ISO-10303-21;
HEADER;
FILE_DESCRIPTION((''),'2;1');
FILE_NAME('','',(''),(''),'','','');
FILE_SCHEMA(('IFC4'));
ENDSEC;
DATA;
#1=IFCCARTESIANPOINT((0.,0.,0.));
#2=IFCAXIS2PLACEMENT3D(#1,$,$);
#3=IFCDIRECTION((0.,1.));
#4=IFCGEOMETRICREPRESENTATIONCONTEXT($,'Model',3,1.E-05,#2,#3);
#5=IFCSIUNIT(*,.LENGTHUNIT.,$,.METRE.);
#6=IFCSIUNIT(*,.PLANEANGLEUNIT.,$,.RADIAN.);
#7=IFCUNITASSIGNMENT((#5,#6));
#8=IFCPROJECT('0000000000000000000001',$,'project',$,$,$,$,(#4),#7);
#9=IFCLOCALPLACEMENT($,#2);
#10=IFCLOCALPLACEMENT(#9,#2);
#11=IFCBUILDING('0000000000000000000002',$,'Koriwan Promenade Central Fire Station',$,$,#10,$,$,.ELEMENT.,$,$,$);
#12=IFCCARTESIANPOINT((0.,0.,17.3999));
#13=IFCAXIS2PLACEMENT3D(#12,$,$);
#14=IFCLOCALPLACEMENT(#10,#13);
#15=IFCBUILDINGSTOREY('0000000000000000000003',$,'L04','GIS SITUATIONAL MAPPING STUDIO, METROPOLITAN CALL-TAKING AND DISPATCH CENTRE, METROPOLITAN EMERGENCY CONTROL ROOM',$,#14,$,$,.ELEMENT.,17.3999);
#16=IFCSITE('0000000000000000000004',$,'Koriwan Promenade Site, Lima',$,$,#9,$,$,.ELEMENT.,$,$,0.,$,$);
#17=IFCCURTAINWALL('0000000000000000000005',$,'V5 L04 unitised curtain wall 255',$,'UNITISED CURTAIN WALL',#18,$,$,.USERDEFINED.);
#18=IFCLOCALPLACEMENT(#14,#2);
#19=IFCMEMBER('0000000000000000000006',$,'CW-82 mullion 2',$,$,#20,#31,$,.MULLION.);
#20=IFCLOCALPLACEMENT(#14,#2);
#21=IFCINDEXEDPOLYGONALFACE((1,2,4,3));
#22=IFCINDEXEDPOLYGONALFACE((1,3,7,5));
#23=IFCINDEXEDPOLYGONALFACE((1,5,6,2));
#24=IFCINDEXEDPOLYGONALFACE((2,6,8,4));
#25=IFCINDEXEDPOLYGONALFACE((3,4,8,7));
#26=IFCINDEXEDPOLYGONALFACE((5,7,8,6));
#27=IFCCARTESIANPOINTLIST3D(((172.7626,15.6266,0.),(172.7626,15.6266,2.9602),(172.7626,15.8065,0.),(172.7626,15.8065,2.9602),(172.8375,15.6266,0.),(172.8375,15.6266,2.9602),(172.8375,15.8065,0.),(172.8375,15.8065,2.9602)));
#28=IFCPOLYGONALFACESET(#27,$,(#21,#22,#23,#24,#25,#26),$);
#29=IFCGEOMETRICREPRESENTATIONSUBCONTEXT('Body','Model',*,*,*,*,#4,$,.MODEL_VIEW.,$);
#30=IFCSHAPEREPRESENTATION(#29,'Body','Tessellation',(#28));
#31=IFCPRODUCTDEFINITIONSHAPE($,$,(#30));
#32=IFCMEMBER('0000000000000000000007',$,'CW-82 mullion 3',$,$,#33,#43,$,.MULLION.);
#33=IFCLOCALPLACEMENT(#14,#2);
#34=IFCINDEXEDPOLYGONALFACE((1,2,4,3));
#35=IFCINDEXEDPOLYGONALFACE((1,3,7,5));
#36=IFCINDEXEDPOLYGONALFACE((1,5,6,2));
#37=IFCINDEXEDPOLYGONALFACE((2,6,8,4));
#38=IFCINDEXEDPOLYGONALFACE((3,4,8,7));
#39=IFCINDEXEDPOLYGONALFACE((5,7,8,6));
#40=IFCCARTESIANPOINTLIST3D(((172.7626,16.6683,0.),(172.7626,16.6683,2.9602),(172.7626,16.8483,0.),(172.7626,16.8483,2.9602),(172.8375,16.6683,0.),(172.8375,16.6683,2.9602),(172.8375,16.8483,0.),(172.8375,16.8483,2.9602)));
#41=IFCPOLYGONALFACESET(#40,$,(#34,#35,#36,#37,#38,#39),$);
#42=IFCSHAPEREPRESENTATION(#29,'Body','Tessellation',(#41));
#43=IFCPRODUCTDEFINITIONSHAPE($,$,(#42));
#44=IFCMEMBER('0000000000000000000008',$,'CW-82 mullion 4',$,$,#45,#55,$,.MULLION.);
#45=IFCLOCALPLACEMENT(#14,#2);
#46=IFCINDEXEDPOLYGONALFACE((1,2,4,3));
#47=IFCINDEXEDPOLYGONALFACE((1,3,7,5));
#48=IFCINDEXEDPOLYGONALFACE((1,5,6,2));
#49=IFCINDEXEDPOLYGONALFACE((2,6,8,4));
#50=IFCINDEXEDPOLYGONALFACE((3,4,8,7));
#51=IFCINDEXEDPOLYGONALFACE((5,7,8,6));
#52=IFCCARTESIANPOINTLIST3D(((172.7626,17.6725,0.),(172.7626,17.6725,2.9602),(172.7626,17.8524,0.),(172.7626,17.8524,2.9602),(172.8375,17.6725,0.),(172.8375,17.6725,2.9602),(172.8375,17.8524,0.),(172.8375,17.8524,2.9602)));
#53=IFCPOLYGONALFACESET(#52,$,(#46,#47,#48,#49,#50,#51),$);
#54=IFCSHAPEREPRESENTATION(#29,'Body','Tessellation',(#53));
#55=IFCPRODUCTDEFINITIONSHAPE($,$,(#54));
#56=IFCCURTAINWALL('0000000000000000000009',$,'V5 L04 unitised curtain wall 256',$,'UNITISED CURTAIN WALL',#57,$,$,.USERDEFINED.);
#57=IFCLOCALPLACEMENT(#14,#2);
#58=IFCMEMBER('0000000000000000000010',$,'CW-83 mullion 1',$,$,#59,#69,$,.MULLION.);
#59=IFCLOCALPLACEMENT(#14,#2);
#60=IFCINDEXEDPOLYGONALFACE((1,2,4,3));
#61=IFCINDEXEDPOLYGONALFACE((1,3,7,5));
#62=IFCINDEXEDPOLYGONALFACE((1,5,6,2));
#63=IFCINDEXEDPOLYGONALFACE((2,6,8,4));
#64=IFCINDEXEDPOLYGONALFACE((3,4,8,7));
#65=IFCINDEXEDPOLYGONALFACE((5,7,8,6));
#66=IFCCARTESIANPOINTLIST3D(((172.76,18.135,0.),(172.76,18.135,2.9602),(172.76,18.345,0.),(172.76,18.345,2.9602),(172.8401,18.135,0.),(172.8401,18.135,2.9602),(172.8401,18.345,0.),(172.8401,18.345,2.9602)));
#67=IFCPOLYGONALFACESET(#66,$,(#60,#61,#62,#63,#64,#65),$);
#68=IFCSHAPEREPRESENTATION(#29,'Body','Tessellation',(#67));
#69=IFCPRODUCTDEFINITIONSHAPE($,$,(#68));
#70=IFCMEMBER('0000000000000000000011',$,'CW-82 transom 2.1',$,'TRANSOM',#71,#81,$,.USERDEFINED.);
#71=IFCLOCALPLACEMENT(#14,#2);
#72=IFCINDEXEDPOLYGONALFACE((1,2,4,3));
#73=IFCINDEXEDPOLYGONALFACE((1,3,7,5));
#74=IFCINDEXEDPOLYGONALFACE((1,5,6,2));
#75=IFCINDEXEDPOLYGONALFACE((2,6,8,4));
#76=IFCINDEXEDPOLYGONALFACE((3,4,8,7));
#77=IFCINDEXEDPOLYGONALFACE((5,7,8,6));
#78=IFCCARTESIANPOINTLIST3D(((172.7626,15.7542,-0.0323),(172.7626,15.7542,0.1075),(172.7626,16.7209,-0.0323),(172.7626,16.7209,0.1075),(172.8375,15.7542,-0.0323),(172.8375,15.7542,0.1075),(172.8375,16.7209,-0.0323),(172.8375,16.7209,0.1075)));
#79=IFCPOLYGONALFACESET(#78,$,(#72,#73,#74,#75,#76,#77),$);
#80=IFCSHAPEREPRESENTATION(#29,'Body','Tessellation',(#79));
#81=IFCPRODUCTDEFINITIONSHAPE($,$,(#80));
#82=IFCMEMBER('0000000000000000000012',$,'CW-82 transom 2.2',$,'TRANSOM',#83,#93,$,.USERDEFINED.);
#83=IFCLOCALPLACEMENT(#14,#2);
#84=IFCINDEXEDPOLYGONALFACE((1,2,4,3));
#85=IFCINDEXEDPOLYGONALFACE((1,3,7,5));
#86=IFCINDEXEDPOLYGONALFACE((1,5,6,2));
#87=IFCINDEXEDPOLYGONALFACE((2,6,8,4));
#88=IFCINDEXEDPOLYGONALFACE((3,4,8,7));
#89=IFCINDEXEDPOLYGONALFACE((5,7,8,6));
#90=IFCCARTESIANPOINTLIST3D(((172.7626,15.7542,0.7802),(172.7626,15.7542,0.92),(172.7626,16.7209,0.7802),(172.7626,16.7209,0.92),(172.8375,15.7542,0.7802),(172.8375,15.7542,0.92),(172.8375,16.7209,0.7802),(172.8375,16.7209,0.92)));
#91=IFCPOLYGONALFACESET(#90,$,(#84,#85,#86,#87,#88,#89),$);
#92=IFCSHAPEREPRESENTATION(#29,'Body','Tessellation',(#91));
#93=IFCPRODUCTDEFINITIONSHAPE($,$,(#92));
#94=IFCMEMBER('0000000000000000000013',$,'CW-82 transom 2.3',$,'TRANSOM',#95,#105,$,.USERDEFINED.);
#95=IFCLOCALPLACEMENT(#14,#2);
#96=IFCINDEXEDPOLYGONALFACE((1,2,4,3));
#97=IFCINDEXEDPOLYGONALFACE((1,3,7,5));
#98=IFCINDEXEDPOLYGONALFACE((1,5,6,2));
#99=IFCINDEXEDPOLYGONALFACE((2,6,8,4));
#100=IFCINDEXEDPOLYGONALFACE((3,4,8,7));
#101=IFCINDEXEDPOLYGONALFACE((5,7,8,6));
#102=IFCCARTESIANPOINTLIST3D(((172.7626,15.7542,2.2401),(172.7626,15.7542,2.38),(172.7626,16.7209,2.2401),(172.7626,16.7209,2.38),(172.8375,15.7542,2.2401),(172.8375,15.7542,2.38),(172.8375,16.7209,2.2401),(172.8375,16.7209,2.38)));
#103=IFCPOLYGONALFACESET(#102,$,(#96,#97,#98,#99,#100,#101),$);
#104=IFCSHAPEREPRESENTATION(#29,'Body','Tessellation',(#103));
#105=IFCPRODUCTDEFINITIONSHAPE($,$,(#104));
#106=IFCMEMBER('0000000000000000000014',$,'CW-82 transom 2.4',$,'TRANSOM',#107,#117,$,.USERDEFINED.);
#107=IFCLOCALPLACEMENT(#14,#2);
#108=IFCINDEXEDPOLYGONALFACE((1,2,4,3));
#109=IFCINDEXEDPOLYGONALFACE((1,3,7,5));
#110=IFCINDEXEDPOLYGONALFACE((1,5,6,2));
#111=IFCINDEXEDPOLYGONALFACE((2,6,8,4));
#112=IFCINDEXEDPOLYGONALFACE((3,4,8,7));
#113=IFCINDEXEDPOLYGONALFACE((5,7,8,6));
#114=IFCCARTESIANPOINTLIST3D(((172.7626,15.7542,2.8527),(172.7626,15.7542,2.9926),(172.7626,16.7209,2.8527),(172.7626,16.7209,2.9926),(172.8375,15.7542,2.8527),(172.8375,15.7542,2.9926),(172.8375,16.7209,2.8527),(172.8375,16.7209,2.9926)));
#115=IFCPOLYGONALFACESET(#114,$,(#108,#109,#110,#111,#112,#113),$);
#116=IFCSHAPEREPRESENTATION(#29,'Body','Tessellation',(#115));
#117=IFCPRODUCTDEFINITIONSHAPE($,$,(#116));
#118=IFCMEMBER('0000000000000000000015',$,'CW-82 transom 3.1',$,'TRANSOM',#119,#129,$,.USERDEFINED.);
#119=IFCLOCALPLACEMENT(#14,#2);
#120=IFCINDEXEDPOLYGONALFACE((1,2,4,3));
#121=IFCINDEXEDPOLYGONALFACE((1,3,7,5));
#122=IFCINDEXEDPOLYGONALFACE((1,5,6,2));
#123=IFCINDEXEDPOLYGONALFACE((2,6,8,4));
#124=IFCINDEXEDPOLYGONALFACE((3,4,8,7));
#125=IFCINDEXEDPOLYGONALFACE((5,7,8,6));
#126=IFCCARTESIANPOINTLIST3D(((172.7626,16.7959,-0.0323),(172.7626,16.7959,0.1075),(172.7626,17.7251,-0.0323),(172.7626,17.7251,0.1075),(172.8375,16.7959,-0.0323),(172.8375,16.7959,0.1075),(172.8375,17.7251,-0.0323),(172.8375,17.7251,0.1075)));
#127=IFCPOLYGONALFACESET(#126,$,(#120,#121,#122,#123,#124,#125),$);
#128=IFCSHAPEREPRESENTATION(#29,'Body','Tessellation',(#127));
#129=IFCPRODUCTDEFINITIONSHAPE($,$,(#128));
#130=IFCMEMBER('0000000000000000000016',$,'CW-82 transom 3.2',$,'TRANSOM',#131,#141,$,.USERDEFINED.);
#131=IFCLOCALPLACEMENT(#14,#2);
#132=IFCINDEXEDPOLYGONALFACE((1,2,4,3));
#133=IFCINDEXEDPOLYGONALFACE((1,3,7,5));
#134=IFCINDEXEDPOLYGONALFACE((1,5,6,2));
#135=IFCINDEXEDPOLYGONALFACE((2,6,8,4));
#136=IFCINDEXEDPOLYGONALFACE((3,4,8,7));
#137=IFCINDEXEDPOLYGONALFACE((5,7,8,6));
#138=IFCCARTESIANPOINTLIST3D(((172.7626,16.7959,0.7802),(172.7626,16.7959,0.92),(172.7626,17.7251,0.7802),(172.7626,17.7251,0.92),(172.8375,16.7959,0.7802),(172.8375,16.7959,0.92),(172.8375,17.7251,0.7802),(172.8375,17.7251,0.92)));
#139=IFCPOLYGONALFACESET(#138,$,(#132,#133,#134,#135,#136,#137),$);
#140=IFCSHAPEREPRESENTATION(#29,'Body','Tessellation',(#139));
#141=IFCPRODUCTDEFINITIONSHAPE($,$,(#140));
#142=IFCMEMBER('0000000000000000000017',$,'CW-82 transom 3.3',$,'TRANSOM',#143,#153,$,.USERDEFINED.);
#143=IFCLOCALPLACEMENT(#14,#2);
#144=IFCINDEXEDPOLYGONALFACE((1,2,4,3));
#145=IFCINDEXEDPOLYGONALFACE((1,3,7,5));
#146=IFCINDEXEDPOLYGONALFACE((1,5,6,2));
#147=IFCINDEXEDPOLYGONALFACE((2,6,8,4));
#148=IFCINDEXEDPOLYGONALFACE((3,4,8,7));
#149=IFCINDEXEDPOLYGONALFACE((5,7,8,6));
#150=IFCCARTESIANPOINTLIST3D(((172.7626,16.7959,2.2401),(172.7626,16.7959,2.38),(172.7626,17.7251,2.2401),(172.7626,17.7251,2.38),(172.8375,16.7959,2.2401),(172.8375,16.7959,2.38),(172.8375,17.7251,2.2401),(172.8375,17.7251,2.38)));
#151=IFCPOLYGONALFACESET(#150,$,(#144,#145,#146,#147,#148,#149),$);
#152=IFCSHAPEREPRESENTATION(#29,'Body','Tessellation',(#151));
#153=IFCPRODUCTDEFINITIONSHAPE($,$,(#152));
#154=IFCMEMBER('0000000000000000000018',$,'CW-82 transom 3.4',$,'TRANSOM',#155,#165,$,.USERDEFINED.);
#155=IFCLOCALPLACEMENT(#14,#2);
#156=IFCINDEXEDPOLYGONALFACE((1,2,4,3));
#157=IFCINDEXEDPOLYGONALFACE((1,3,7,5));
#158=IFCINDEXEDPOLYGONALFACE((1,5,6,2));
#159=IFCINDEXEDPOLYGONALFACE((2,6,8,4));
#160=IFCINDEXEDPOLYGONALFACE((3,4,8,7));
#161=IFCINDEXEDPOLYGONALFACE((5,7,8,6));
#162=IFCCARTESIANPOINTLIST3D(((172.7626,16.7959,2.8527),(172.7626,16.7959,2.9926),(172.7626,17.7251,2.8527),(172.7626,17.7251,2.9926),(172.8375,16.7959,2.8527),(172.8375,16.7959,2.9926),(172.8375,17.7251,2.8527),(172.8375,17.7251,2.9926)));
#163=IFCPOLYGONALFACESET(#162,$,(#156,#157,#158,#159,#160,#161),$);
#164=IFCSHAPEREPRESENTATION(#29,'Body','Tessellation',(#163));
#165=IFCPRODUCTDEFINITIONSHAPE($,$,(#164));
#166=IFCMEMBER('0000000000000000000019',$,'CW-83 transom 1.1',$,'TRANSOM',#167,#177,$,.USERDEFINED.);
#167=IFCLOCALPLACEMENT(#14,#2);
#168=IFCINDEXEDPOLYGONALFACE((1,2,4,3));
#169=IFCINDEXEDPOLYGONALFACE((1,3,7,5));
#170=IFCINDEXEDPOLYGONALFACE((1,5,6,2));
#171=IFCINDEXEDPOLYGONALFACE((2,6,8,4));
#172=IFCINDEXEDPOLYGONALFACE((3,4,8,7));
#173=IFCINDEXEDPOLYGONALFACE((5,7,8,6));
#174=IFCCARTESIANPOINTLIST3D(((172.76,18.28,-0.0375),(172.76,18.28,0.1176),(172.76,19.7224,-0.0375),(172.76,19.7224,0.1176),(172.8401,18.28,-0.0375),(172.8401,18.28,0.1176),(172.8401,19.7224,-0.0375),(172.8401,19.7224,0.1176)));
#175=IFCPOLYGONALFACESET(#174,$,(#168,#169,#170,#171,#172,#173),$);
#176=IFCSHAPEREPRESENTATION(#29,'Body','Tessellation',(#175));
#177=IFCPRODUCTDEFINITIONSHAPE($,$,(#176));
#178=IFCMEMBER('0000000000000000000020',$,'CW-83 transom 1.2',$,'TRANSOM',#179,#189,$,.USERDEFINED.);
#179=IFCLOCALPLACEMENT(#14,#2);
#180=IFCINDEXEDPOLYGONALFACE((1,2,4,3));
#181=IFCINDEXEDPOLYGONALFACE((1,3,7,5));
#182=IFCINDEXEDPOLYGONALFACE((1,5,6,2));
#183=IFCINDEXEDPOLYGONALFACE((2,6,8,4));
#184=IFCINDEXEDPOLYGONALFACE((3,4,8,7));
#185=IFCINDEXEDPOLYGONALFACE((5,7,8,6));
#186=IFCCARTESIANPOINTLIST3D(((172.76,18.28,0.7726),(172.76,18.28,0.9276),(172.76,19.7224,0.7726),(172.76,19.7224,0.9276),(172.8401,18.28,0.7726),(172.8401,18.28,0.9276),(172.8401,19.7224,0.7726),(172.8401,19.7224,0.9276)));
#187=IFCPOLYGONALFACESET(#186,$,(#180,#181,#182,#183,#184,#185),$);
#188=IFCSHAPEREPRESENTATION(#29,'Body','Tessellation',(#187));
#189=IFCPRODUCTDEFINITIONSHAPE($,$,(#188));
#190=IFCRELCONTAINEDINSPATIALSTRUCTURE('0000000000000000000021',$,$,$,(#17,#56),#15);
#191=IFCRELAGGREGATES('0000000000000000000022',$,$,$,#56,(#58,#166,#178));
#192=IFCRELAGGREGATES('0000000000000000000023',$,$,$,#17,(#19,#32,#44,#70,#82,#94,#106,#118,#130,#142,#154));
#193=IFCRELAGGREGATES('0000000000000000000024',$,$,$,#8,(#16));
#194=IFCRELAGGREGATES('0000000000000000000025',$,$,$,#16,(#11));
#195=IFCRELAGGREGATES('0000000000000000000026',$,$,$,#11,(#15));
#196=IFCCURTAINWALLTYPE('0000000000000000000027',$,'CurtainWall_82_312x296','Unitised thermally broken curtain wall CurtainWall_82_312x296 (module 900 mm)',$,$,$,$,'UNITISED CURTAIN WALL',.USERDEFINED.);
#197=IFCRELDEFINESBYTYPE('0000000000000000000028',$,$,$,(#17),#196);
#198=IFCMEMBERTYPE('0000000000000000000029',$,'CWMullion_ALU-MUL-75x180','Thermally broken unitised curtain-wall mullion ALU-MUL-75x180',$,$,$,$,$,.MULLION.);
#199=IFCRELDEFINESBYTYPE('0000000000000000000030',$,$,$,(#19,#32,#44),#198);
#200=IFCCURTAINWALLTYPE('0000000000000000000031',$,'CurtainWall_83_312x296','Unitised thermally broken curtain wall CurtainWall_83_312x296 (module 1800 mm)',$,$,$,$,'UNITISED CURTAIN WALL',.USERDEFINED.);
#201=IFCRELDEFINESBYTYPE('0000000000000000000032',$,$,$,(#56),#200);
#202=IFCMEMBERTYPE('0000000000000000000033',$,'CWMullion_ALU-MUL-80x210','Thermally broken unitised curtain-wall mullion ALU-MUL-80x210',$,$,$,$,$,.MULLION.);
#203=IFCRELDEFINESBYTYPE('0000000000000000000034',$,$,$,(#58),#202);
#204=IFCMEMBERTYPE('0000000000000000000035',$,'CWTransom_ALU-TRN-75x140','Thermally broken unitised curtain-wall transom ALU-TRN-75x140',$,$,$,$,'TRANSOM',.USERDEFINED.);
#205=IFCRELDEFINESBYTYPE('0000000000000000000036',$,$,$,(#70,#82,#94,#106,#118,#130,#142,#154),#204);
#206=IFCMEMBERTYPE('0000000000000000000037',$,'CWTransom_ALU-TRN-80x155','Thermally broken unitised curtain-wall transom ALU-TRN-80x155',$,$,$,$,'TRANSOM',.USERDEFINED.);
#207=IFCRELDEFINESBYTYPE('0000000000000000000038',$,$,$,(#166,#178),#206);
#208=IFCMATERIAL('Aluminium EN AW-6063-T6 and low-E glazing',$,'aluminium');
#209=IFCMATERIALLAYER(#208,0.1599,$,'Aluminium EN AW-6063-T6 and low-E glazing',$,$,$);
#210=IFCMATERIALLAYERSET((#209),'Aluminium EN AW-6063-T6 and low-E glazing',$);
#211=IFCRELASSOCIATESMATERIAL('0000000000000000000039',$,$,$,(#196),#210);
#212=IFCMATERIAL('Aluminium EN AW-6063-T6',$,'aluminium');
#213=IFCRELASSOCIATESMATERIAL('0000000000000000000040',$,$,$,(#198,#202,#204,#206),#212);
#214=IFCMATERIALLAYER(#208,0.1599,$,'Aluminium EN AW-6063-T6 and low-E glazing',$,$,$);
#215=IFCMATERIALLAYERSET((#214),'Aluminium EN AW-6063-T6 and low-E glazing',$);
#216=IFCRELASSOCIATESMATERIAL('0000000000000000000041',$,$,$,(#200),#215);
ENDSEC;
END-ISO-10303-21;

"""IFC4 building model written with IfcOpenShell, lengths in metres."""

from ifc_helpers import new_model, si_unit, direction, frame, origin, origin_2d, place, context, subcontext, project, spatial, rectangle, extrude, material, layer, layer_set, material_profile, profile_set, type_object, element, aggregate, save


model = new_model("IFC4")

# Units and contexts
model_context = context("Model", 3, precision=1e-05, world=origin(), true_north=direction((0.0, 1.0)))
body_context = subcontext(model_context, "Body", "Model", "MODEL_VIEW")
ifc_project = project(units=[si_unit("LENGTHUNIT", "METRE"), si_unit("PLANEANGLEUNIT", "RADIAN")], contexts=[model_context])

# Site, building, storey
site_placement = place(None, origin())
site = spatial("IfcSite", under=ifc_project, at=site_placement, Name="Koriwan Promenade Site, Lima", CompositionType="ELEMENT", RefElevation=0.0)
building_placement = place(site_placement, origin())
building = spatial("IfcBuilding", under=site, at=building_placement, Name="Koriwan Promenade Central Fire Station", CompositionType="ELEMENT")
storey_placement = place(building_placement, frame((0.0, 0.0, 17.3999)))
storey = spatial("IfcBuildingStorey", under=building, at=storey_placement, Name="L04", Description="GIS SITUATIONAL MAPPING STUDIO, METROPOLITAN CALL-TAKING AND DISPATCH CENTRE, METROPOLITAN EMERGENCY CONTROL ROOM", CompositionType="ELEMENT", Elevation=17.3999)

# Curtain wall, members
ifc_material_1 = material(Name="Aluminium EN AW-6063-T6 and low-E glazing", Category="aluminium")
ifc_layer_1 = layer(ifc_material_1, 0.1599, Name="Aluminium EN AW-6063-T6 and low-E glazing")
ifc_layer_set_1 = layer_set([ifc_layer_1], Name="Aluminium EN AW-6063-T6 and low-E glazing")
curtain_wall_type_1 = type_object("IfcCurtainWallType", Name="CurtainWall_82_312x296", Description="Unitised thermally broken curtain wall CurtainWall_82_312x296 (module 900 mm)", ElementType="UNITISED CURTAIN WALL", PredefinedType="USERDEFINED", material=ifc_layer_set_1)
curtain_wall_1_placement = place(storey_placement, origin())
curtain_wall_1 = element("IfcCurtainWall", 1, at=curtain_wall_1_placement, inside=storey, type_object=curtain_wall_type_1, Name="V5 L04 unitised curtain wall 255", ObjectType="UNITISED CURTAIN WALL", PredefinedType="USERDEFINED")
ifc_material_2 = material(Name="Aluminium EN AW-6063-T6", Category="aluminium")
ifc_material_profile_1 = material_profile(ifc_material_2, rectangle(XDim=0.075, YDim=0.1799, at=origin_2d()), Name="ALU-MUL-75x180")
ifc_profile_set_1 = profile_set([ifc_material_profile_1], Name="Aluminium EN AW-6063-T6")
member_type_1 = type_object("IfcMemberType", Name="CWMullion_ALU-MUL-75x180", Description="Thermally broken unitised curtain-wall mullion ALU-MUL-75x180", PredefinedType="MULLION", material=ifc_profile_set_1)
member_1_placement = place(storey_placement, frame((172.8, 15.7166, 0.0), z_axis=(0.0, 0.0, 1.0), x_axis=(-1.0, 0.0, 0.0)))
member_1 = element("IfcMember", 2, at=member_1_placement, type_object=member_type_1, Name="CW-82 mullion 2", PredefinedType="MULLION", context=body_context, shape_type="SweptSolid", body=[
    extrude(rectangle(XDim=0.075, YDim=0.1799, at=origin_2d()), origin(), (0.0, 0.0, 1.0), 2.9602),
])
member_2_placement = place(storey_placement, frame((172.8, 16.7583, 0.0), z_axis=(0.0, 0.0, 1.0), x_axis=(-1.0, 0.0, 0.0)))
member_2 = element("IfcMember", 3, at=member_2_placement, type_object=member_type_1, Name="CW-82 mullion 3", PredefinedType="MULLION", context=body_context, shape_type="SweptSolid", body=[
    extrude(rectangle(XDim=0.075, YDim=0.1799, at=origin_2d()), origin(), (0.0, 0.0, 1.0), 2.9602),
])
member_3_placement = place(storey_placement, frame((172.8, 17.7625, 0.0), z_axis=(0.0, 0.0, 1.0), x_axis=(-1.0, 0.0, 0.0)))
member_3 = element("IfcMember", 4, at=member_3_placement, type_object=member_type_1, Name="CW-82 mullion 4", PredefinedType="MULLION", context=body_context, shape_type="SweptSolid", body=[
    extrude(rectangle(XDim=0.075, YDim=0.1799, at=origin_2d()), origin(), (0.0, 0.0, 1.0), 2.9602),
])

# Curtain wall, member
ifc_layer_2 = layer(ifc_material_1, 0.1599, Name="Aluminium EN AW-6063-T6 and low-E glazing")
ifc_layer_set_2 = layer_set([ifc_layer_2], Name="Aluminium EN AW-6063-T6 and low-E glazing")
curtain_wall_type_2 = type_object("IfcCurtainWallType", Name="CurtainWall_83_312x296", Description="Unitised thermally broken curtain wall CurtainWall_83_312x296 (module 1800 mm)", ElementType="UNITISED CURTAIN WALL", PredefinedType="USERDEFINED", material=ifc_layer_set_2)
curtain_wall_2_placement = place(storey_placement, origin())
curtain_wall_2 = element("IfcCurtainWall", 5, at=curtain_wall_2_placement, inside=storey, type_object=curtain_wall_type_2, Name="V5 L04 unitised curtain wall 256", ObjectType="UNITISED CURTAIN WALL", PredefinedType="USERDEFINED")
ifc_material_profile_2 = material_profile(ifc_material_2, rectangle(XDim=0.0801, YDim=0.21, at=origin_2d()), Name="ALU-MUL-80x210")
ifc_profile_set_2 = profile_set([ifc_material_profile_2], Name="Aluminium EN AW-6063-T6")
member_type_2 = type_object("IfcMemberType", Name="CWMullion_ALU-MUL-80x210", Description="Thermally broken unitised curtain-wall mullion ALU-MUL-80x210", PredefinedType="MULLION", material=ifc_profile_set_2)
member_4_placement = place(storey_placement, frame((172.8, 18.24, 0.0), z_axis=(0.0, 0.0, 1.0), x_axis=(-1.0, 0.0, 0.0)))
member_4 = element("IfcMember", 6, at=member_4_placement, type_object=member_type_2, Name="CW-83 mullion 1", PredefinedType="MULLION", context=body_context, shape_type="SweptSolid", body=[
    extrude(rectangle(XDim=0.0801, YDim=0.21, at=origin_2d()), origin(), (0.0, 0.0, 1.0), 2.9602),
])

# Members
ifc_material_profile_3 = material_profile(ifc_material_2, rectangle(XDim=0.075, YDim=0.1399, at=origin_2d()), Name="ALU-TRN-75x140")
ifc_profile_set_3 = profile_set([ifc_material_profile_3], Name="Aluminium EN AW-6063-T6")
member_type_3 = type_object("IfcMemberType", Name="CWTransom_ALU-TRN-75x140", Description="Thermally broken unitised curtain-wall transom ALU-TRN-75x140", ElementType="TRANSOM", PredefinedType="USERDEFINED", material=ifc_profile_set_3)
member_5_placement = place(storey_placement, frame((172.8, 15.7542, 0.0376), z_axis=(0.0, 1.0, 0.0), x_axis=(-1.0, 0.0, 0.0)))
member_5 = element("IfcMember", 7, at=member_5_placement, type_object=member_type_3, Name="CW-82 transom 2.1", ObjectType="TRANSOM", PredefinedType="USERDEFINED", context=body_context, shape_type="SweptSolid", body=[
    extrude(rectangle(XDim=0.075, YDim=0.1399, at=origin_2d()), origin(), (0.0, 0.0, 1.0), 0.9668),
])
member_6_placement = place(storey_placement, frame((172.8, 15.7542, 0.8501), z_axis=(0.0, 1.0, 0.0), x_axis=(-1.0, 0.0, 0.0)))
member_6 = element("IfcMember", 8, at=member_6_placement, type_object=member_type_3, Name="CW-82 transom 2.2", ObjectType="TRANSOM", PredefinedType="USERDEFINED", context=body_context, shape_type="SweptSolid", body=[
    extrude(rectangle(XDim=0.075, YDim=0.1399, at=origin_2d()), origin(), (0.0, 0.0, 1.0), 0.9668),
])
member_7_placement = place(storey_placement, frame((172.8, 15.7542, 2.3101), z_axis=(0.0, 1.0, 0.0), x_axis=(-1.0, 0.0, 0.0)))
member_7 = element("IfcMember", 9, at=member_7_placement, type_object=member_type_3, Name="CW-82 transom 2.3", ObjectType="TRANSOM", PredefinedType="USERDEFINED", context=body_context, shape_type="SweptSolid", body=[
    extrude(rectangle(XDim=0.075, YDim=0.1399, at=origin_2d()), origin(), (0.0, 0.0, 1.0), 0.9668),
])
member_8_placement = place(storey_placement, frame((172.8, 15.7542, 2.9226), z_axis=(0.0, 1.0, 0.0), x_axis=(-1.0, 0.0, 0.0)))
member_8 = element("IfcMember", 10, at=member_8_placement, type_object=member_type_3, Name="CW-82 transom 2.4", ObjectType="TRANSOM", PredefinedType="USERDEFINED", context=body_context, shape_type="SweptSolid", body=[
    extrude(rectangle(XDim=0.075, YDim=0.1399, at=origin_2d()), origin(), (0.0, 0.0, 1.0), 0.9668),
])
member_9_placement = place(storey_placement, frame((172.8, 16.7959, 0.0376), z_axis=(0.0, 1.0, 0.0), x_axis=(-1.0, 0.0, 0.0)))
member_9 = element("IfcMember", 11, at=member_9_placement, type_object=member_type_3, Name="CW-82 transom 3.1", ObjectType="TRANSOM", PredefinedType="USERDEFINED", context=body_context, shape_type="SweptSolid", body=[
    extrude(rectangle(XDim=0.075, YDim=0.1399, at=origin_2d()), origin(), (0.0, 0.0, 1.0), 0.9292),
])
member_10_placement = place(storey_placement, frame((172.8, 16.7959, 0.8501), z_axis=(0.0, 1.0, 0.0), x_axis=(-1.0, 0.0, 0.0)))
member_10 = element("IfcMember", 12, at=member_10_placement, type_object=member_type_3, Name="CW-82 transom 3.2", ObjectType="TRANSOM", PredefinedType="USERDEFINED", context=body_context, shape_type="SweptSolid", body=[
    extrude(rectangle(XDim=0.075, YDim=0.1399, at=origin_2d()), origin(), (0.0, 0.0, 1.0), 0.9292),
])
member_11_placement = place(storey_placement, frame((172.8, 16.7959, 2.3101), z_axis=(0.0, 1.0, 0.0), x_axis=(-1.0, 0.0, 0.0)))
member_11 = element("IfcMember", 13, at=member_11_placement, type_object=member_type_3, Name="CW-82 transom 3.3", ObjectType="TRANSOM", PredefinedType="USERDEFINED", context=body_context, shape_type="SweptSolid", body=[
    extrude(rectangle(XDim=0.075, YDim=0.1399, at=origin_2d()), origin(), (0.0, 0.0, 1.0), 0.9292),
])
member_12_placement = place(storey_placement, frame((172.8, 16.7959, 2.9226), z_axis=(0.0, 1.0, 0.0), x_axis=(-1.0, 0.0, 0.0)))
member_12 = element("IfcMember", 14, at=member_12_placement, type_object=member_type_3, Name="CW-82 transom 3.4", ObjectType="TRANSOM", PredefinedType="USERDEFINED", context=body_context, shape_type="SweptSolid", body=[
    extrude(rectangle(XDim=0.075, YDim=0.1399, at=origin_2d()), origin(), (0.0, 0.0, 1.0), 0.9292),
])
ifc_material_profile_4 = material_profile(ifc_material_2, rectangle(XDim=0.0801, YDim=0.155, at=origin_2d()), Name="ALU-TRN-80x155")
ifc_profile_set_4 = profile_set([ifc_material_profile_4], Name="Aluminium EN AW-6063-T6")
member_type_4 = type_object("IfcMemberType", Name="CWTransom_ALU-TRN-80x155", Description="Thermally broken unitised curtain-wall transom ALU-TRN-80x155", ElementType="TRANSOM", PredefinedType="USERDEFINED", material=ifc_profile_set_4)
member_13_placement = place(storey_placement, frame((172.8, 18.28, 0.04), z_axis=(0.0, 1.0, 0.0), x_axis=(-1.0, 0.0, 0.0)))
member_13 = element("IfcMember", 15, at=member_13_placement, type_object=member_type_4, Name="CW-83 transom 1.1", ObjectType="TRANSOM", PredefinedType="USERDEFINED", context=body_context, shape_type="SweptSolid", body=[
    extrude(rectangle(XDim=0.0801, YDim=0.155, at=origin_2d()), origin(), (0.0, 0.0, 1.0), 1.4424),
])
member_14_placement = place(storey_placement, frame((172.8, 18.28, 0.8501), z_axis=(0.0, 1.0, 0.0), x_axis=(-1.0, 0.0, 0.0)))
member_14 = element("IfcMember", 16, at=member_14_placement, type_object=member_type_4, Name="CW-83 transom 1.2", ObjectType="TRANSOM", PredefinedType="USERDEFINED", context=body_context, shape_type="SweptSolid", body=[
    extrude(rectangle(XDim=0.0801, YDim=0.155, at=origin_2d()), origin(), (0.0, 0.0, 1.0), 1.4424),
])
aggregate(curtain_wall_2, [member_4, member_13, member_14])

aggregate(curtain_wall_1, [member_1, member_2, member_3, member_5, member_6, member_7, member_8, member_9, member_10, member_11, member_12])

save(model, "model.ifc")
